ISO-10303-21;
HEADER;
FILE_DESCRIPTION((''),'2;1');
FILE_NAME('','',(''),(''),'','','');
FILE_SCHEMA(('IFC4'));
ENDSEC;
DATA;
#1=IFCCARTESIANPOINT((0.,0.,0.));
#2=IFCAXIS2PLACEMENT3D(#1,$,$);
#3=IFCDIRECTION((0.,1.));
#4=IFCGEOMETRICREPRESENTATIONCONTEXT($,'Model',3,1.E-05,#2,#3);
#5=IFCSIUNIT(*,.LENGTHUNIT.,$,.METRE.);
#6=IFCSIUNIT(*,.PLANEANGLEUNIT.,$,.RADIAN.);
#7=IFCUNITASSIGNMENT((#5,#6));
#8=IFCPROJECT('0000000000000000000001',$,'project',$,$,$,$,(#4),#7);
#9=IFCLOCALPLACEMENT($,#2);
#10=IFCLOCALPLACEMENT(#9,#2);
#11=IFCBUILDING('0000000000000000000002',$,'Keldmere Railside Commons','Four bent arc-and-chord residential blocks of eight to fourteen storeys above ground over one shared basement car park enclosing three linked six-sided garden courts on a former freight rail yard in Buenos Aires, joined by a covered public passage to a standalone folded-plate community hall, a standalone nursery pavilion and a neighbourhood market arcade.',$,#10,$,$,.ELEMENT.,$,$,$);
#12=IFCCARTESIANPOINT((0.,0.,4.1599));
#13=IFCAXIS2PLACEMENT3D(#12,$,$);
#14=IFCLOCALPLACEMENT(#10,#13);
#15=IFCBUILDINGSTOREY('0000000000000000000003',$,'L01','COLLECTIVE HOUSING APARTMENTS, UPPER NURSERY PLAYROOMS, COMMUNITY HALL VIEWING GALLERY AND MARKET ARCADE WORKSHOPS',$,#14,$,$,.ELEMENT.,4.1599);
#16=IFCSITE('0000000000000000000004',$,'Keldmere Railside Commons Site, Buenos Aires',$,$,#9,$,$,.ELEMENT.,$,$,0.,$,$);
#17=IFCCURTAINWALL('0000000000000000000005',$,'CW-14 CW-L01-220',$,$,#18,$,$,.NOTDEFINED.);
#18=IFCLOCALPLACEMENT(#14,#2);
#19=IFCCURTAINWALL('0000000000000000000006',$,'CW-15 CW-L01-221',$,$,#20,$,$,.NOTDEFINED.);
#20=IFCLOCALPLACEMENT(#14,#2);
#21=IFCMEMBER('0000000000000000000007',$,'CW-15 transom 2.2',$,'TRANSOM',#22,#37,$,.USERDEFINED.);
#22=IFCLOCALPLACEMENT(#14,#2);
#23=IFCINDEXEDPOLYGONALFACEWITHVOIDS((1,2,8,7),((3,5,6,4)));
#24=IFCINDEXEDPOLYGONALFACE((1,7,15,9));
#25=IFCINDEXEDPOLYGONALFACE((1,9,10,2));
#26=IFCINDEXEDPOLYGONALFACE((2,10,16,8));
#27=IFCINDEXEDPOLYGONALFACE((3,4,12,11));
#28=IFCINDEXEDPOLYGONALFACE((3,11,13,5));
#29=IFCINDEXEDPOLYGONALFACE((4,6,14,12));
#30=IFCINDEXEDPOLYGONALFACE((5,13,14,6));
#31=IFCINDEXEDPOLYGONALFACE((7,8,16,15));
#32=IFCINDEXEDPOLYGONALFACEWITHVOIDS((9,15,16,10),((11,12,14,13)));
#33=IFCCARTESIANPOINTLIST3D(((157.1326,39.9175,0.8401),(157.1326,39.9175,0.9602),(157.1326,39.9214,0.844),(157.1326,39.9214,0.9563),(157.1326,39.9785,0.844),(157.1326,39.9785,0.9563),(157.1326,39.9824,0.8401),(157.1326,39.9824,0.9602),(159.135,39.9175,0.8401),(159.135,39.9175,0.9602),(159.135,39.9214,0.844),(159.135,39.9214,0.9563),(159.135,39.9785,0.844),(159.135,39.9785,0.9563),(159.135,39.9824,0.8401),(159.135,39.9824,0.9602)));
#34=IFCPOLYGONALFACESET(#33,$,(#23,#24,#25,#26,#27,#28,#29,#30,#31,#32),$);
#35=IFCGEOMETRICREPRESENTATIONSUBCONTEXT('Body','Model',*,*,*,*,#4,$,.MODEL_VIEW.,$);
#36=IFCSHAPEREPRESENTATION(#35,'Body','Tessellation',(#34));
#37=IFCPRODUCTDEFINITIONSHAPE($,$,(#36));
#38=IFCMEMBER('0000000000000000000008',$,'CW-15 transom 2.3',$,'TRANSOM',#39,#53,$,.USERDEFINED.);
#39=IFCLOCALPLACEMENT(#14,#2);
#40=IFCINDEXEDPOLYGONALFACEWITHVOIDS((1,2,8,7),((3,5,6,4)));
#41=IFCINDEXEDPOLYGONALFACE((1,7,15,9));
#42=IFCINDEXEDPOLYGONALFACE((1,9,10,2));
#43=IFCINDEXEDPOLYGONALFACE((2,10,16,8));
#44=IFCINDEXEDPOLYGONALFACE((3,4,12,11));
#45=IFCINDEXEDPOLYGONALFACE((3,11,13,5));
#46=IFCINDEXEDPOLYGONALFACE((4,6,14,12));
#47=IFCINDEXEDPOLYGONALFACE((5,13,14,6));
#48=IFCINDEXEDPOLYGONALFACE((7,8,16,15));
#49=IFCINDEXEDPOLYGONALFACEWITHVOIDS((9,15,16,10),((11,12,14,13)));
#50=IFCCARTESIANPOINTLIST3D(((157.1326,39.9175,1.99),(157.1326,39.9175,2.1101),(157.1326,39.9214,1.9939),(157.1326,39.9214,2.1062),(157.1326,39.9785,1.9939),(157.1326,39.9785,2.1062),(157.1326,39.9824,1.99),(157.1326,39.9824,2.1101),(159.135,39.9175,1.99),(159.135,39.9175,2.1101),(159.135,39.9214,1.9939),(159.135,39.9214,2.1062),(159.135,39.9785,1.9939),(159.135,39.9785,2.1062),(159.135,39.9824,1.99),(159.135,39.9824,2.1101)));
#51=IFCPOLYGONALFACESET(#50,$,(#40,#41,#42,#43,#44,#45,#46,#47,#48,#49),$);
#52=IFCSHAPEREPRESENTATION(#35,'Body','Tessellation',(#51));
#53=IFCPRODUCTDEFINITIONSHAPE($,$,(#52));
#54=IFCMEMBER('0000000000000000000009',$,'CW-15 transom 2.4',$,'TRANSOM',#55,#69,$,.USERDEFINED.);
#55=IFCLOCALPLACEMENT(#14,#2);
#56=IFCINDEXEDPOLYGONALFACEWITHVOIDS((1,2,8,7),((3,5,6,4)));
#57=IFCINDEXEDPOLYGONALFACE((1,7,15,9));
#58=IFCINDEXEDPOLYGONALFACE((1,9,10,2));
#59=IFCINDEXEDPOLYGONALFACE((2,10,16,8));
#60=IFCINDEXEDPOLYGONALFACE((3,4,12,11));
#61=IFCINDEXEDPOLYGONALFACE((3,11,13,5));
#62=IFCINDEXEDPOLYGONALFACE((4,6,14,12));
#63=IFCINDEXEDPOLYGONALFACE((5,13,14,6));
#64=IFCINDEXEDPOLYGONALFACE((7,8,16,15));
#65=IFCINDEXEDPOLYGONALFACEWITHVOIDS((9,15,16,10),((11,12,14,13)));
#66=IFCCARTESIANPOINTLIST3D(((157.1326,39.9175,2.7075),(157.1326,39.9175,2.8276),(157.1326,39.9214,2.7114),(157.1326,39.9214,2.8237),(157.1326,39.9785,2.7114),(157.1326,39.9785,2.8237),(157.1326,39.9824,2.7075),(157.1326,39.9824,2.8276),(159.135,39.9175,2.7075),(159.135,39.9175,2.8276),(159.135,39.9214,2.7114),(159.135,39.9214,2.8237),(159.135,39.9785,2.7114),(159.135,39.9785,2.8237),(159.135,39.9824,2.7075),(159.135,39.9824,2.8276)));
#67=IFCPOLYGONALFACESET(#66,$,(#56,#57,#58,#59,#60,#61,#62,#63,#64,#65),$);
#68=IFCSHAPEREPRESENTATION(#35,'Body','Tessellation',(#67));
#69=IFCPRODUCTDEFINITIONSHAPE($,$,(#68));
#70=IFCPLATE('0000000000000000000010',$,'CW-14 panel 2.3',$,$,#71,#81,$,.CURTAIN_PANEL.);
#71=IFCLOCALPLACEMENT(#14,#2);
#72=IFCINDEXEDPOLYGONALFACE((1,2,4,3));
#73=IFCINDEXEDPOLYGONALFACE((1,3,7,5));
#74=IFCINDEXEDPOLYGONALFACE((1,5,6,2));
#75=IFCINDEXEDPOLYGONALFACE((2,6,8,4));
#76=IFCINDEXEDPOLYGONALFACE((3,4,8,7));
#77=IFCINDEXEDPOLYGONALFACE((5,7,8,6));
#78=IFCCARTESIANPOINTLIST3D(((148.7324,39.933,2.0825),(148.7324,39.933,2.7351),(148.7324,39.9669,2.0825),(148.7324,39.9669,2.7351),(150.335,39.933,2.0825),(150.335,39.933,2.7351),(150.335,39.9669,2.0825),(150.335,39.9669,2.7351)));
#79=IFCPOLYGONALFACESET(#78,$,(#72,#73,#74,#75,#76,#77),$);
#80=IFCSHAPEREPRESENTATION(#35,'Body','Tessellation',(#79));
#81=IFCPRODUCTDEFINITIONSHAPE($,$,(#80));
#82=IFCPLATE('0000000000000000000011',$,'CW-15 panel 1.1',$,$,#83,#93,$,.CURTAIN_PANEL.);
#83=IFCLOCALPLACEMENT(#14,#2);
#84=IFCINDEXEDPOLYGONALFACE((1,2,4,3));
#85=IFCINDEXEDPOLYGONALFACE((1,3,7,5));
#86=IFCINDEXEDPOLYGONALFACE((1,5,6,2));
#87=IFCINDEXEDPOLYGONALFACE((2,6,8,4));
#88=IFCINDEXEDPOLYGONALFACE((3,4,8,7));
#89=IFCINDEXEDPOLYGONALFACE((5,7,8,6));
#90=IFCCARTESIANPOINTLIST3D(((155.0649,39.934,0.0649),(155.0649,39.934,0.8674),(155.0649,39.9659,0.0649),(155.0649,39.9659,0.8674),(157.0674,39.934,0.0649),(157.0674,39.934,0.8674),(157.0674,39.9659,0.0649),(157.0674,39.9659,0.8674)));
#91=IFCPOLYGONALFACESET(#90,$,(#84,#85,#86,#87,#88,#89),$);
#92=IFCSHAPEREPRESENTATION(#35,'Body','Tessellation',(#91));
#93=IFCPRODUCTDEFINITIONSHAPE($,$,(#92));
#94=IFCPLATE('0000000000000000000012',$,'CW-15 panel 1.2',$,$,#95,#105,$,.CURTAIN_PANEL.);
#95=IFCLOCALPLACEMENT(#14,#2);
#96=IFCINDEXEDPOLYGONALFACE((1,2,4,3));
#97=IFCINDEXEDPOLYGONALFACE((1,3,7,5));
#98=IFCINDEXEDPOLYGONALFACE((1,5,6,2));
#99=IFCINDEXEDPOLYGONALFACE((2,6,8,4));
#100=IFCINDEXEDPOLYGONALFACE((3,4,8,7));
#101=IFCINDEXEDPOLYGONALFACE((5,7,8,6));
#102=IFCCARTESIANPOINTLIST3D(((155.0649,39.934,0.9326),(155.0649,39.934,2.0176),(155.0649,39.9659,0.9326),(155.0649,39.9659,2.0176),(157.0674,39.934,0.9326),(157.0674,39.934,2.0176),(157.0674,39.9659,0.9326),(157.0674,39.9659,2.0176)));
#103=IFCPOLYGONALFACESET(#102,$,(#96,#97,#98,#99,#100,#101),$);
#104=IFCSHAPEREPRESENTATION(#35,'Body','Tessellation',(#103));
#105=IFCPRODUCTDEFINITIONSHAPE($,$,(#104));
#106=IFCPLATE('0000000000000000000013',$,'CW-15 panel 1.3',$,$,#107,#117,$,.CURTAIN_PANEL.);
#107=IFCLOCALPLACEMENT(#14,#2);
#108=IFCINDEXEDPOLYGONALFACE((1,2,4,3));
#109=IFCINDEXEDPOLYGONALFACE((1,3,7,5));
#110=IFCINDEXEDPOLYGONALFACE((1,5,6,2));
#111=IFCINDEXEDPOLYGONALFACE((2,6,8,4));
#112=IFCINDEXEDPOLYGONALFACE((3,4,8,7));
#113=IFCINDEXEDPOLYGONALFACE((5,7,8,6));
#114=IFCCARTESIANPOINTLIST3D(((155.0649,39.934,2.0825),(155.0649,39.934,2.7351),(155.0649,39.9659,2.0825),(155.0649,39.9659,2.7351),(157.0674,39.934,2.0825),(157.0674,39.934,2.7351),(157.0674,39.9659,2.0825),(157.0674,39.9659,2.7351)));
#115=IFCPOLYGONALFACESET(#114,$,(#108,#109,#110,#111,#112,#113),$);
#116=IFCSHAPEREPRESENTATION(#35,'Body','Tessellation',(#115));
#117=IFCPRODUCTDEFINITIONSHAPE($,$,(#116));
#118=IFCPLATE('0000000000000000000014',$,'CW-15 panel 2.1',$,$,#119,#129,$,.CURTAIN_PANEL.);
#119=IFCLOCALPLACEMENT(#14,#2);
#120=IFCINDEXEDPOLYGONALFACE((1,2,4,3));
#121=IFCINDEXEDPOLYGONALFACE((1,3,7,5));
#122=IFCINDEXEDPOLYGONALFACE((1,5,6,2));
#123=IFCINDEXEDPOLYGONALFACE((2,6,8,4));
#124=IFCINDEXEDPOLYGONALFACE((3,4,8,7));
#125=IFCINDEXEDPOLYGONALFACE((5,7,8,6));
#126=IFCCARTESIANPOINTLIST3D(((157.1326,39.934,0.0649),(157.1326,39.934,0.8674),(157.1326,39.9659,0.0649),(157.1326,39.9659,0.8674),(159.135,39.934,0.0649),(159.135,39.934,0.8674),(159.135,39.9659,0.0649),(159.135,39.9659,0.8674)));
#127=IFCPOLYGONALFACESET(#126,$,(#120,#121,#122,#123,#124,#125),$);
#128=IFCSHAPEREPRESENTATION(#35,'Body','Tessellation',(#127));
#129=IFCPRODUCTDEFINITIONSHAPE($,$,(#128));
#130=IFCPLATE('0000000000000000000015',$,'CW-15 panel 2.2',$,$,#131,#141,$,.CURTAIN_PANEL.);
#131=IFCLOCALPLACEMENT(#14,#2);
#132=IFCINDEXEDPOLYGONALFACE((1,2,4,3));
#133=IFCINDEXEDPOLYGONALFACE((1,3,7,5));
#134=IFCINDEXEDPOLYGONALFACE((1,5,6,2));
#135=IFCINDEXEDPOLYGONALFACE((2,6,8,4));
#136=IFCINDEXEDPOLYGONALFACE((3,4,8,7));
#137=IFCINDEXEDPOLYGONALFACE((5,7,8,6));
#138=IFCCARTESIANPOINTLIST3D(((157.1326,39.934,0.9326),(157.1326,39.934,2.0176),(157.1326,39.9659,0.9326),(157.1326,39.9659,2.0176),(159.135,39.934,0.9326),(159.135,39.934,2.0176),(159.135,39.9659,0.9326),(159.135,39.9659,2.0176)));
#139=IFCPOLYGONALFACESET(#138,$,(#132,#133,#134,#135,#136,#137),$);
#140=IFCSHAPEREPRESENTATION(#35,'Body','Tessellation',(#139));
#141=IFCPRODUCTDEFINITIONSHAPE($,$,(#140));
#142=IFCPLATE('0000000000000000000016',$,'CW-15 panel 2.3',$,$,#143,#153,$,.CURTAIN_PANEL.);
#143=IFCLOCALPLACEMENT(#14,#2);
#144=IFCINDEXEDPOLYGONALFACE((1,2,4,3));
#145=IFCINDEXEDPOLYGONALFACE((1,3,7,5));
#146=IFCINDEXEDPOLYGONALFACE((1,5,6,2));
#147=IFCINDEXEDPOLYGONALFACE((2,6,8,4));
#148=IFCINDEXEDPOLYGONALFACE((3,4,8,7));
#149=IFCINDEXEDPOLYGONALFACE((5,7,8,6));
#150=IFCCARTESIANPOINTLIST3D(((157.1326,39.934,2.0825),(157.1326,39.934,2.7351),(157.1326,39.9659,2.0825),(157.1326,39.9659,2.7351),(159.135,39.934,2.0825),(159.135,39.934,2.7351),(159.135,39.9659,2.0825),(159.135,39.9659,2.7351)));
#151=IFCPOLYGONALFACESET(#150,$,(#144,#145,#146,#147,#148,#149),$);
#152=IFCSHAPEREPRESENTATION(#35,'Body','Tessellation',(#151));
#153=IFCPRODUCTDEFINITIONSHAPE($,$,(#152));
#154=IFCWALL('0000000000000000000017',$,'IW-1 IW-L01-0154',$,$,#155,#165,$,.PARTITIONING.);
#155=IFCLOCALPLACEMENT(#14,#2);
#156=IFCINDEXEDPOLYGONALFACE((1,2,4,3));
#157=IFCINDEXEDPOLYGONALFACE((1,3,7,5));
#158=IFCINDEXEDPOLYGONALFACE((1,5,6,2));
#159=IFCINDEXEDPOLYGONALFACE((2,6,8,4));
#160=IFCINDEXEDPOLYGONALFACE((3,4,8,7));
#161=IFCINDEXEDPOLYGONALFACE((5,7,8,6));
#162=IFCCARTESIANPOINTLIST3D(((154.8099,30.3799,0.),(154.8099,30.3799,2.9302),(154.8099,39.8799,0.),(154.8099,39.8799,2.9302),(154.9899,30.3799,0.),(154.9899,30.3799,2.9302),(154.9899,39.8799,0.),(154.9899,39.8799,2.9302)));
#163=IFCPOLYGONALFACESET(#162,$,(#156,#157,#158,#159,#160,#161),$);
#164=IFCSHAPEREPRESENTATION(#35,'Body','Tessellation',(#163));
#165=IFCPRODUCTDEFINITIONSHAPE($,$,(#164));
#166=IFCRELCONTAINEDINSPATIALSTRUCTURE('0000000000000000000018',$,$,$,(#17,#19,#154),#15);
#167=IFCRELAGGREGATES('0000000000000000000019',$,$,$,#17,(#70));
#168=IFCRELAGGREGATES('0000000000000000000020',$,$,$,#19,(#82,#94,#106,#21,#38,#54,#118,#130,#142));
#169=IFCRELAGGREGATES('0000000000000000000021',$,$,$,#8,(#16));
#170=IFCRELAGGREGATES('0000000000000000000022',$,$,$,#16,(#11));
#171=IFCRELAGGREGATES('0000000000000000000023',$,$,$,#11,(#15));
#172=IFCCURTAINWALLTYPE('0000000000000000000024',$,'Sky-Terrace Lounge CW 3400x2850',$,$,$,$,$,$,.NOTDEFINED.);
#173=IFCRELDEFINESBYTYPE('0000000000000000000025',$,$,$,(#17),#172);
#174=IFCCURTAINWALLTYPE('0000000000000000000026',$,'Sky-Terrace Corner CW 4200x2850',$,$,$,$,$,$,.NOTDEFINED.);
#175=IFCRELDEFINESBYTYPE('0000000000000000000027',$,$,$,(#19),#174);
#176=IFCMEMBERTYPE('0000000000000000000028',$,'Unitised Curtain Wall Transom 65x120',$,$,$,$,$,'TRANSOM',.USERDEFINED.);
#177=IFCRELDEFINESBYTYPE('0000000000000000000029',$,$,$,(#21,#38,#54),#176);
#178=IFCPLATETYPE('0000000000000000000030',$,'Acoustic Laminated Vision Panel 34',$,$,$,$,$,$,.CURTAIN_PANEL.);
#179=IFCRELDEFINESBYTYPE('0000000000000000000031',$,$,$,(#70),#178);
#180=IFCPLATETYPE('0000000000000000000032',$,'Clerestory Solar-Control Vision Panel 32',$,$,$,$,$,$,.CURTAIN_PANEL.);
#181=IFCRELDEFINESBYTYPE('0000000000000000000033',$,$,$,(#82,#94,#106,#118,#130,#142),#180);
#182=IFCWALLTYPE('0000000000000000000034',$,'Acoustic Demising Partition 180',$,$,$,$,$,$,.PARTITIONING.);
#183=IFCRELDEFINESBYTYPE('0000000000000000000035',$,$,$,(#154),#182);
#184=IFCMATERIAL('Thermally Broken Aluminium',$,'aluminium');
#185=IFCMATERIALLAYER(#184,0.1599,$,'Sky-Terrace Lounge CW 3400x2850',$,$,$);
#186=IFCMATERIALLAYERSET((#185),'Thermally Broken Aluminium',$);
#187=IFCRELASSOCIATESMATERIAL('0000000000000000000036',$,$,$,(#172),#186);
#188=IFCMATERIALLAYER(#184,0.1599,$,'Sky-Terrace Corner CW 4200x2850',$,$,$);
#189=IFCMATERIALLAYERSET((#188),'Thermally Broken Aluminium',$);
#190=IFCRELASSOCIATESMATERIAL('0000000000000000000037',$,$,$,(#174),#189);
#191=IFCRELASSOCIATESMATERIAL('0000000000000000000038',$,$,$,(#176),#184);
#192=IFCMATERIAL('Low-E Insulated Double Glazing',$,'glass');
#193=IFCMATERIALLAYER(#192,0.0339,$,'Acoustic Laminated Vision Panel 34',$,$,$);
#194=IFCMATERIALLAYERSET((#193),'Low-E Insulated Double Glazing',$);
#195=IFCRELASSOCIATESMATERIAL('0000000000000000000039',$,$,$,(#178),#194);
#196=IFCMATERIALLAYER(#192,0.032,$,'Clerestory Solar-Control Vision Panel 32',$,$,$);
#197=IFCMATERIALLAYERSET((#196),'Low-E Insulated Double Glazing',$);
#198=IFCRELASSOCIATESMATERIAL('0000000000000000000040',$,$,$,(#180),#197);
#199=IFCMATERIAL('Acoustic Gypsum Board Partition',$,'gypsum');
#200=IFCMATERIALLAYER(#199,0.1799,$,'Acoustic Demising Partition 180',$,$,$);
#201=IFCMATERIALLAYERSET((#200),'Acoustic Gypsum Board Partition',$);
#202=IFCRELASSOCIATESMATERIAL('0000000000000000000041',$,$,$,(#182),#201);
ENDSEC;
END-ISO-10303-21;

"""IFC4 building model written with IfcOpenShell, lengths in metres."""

from ifc_helpers import new_model, si_unit, direction, frame, frame_2d, origin, origin_2d, place, context, subcontext, project, spatial, rectangle, hollow_rectangle, extrude, material, layer, layer_set, material_profile, profile_set, type_object, element, aggregate, save


model = new_model("IFC4")

# Units and contexts
model_context = context("Model", 3, precision=1e-05, world=origin(), true_north=direction((0.0, 1.0)))
body_context = subcontext(model_context, "Body", "Model", "MODEL_VIEW")
ifc_project = project(units=[si_unit("LENGTHUNIT", "METRE"), si_unit("PLANEANGLEUNIT", "RADIAN")], contexts=[model_context])

# Site, building, storey
site_placement = place(None, origin())
site = spatial("IfcSite", under=ifc_project, at=site_placement, Name="Keldmere Railside Commons Site, Buenos Aires", CompositionType="ELEMENT", RefElevation=0.0)
building_placement = place(site_placement, origin())
building = spatial("IfcBuilding", under=site, at=building_placement, Name="Keldmere Railside Commons", Description="Four bent arc-and-chord residential blocks of eight to fourteen storeys above ground over one shared basement car park enclosing three linked six-sided garden courts on a former freight rail yard in Buenos Aires, joined by a covered public passage to a standalone folded-plate community hall, a standalone nursery pavilion and a neighbourhood market arcade.", CompositionType="ELEMENT")
storey_placement = place(building_placement, frame((0.0, 0.0, 4.1599)))
storey = spatial("IfcBuildingStorey", under=building, at=storey_placement, Name="L01", Description="COLLECTIVE HOUSING APARTMENTS, UPPER NURSERY PLAYROOMS, COMMUNITY HALL VIEWING GALLERY AND MARKET ARCADE WORKSHOPS", CompositionType="ELEMENT", Elevation=4.1599)

# Curtain wall
ifc_material_1 = material(Name="Thermally Broken Aluminium", Category="aluminium")
ifc_layer_1 = layer(ifc_material_1, 0.1599, Name="Sky-Terrace Lounge CW 3400x2850")
ifc_layer_set_1 = layer_set([ifc_layer_1], Name="Thermally Broken Aluminium")
curtain_wall_type_1 = type_object("IfcCurtainWallType", Name="Sky-Terrace Lounge CW 3400x2850", PredefinedType="NOTDEFINED", material=ifc_layer_set_1)
curtain_wall_1_placement = place(storey_placement, origin())
curtain_wall_1 = element("IfcCurtainWall", 1, at=curtain_wall_1_placement, inside=storey, type_object=curtain_wall_type_1, Name="CW-14 CW-L01-220", PredefinedType="NOTDEFINED")

# Curtain wall, members
ifc_layer_2 = layer(ifc_material_1, 0.1599, Name="Sky-Terrace Corner CW 4200x2850")
ifc_layer_set_2 = layer_set([ifc_layer_2], Name="Thermally Broken Aluminium")
curtain_wall_type_2 = type_object("IfcCurtainWallType", Name="Sky-Terrace Corner CW 4200x2850", PredefinedType="NOTDEFINED", material=ifc_layer_set_2)
curtain_wall_2_placement = place(storey_placement, origin())
curtain_wall_2 = element("IfcCurtainWall", 2, at=curtain_wall_2_placement, inside=storey, type_object=curtain_wall_type_2, Name="CW-15 CW-L01-221", PredefinedType="NOTDEFINED")
ifc_material_profile_1 = material_profile(ifc_material_1, hollow_rectangle(XDim=0.0649, YDim=0.1201, WallThickness=0.0039, at=origin_2d()), Name="ALU-TRAN-65x120")
ifc_profile_set_1 = profile_set([ifc_material_profile_1], Name="Thermally Broken Aluminium")
member_type_1 = type_object("IfcMemberType", Name="Unitised Curtain Wall Transom 65x120", ElementType="TRANSOM", PredefinedType="USERDEFINED", material=ifc_profile_set_1)
member_1_placement = place(storey_placement, frame((157.1326, 39.95, 0.9001), z_axis=(1.0, 0.0, 0.0), x_axis=(0.0, 1.0, 0.0)))
member_1 = element("IfcMember", 3, at=member_1_placement, type_object=member_type_1, Name="CW-15 transom 2.2", ObjectType="TRANSOM", PredefinedType="USERDEFINED", context=body_context, shape_type="SweptSolid", body=[
    extrude(hollow_rectangle(XDim=0.0649, YDim=0.1201, WallThickness=0.0039, at=origin_2d()), origin(), (0.0, 0.0, 1.0), 2.0024),
])
member_2_placement = place(storey_placement, frame((157.1326, 39.95, 2.05), z_axis=(1.0, 0.0, 0.0), x_axis=(0.0, 1.0, 0.0)))
member_2 = element("IfcMember", 4, at=member_2_placement, type_object=member_type_1, Name="CW-15 transom 2.3", ObjectType="TRANSOM", PredefinedType="USERDEFINED", context=body_context, shape_type="SweptSolid", body=[
    extrude(hollow_rectangle(XDim=0.0649, YDim=0.1201, WallThickness=0.0039, at=origin_2d()), origin(), (0.0, 0.0, 1.0), 2.0024),
])
member_3_placement = place(storey_placement, frame((157.1326, 39.95, 2.7676), z_axis=(1.0, 0.0, 0.0), x_axis=(0.0, 1.0, 0.0)))
member_3 = element("IfcMember", 5, at=member_3_placement, type_object=member_type_1, Name="CW-15 transom 2.4", ObjectType="TRANSOM", PredefinedType="USERDEFINED", context=body_context, shape_type="SweptSolid", body=[
    extrude(hollow_rectangle(XDim=0.0649, YDim=0.1201, WallThickness=0.0039, at=origin_2d()), origin(), (0.0, 0.0, 1.0), 2.0024),
])

# Plates
ifc_material_2 = material(Name="Low-E Insulated Double Glazing", Category="glass")
ifc_layer_3 = layer(ifc_material_2, 0.0339, Name="Acoustic Laminated Vision Panel 34")
ifc_layer_set_3 = layer_set([ifc_layer_3], Name="Low-E Insulated Double Glazing")
plate_type_1 = type_object("IfcPlateType", Name="Acoustic Laminated Vision Panel 34", PredefinedType="CURTAIN_PANEL", material=ifc_layer_set_3)
plate_1_placement = place(storey_placement, frame((149.5337, 39.95, 2.0825), z_axis=(0.0, 0.0, 1.0), x_axis=(1.0, 0.0, 0.0)))
plate_1 = element("IfcPlate", 6, at=plate_1_placement, type_object=plate_type_1, Name="CW-14 panel 2.3", PredefinedType="CURTAIN_PANEL", context=body_context, shape_type="SweptSolid", body=[
    extrude(rectangle(XDim=1.6025, YDim=0.0339, at=origin_2d()), origin(), (0.0, 0.0, 1.0), 0.6526),
])
aggregate(curtain_wall_1, [plate_1])
ifc_layer_4 = layer(ifc_material_2, 0.032, Name="Clerestory Solar-Control Vision Panel 32")
ifc_layer_set_4 = layer_set([ifc_layer_4], Name="Low-E Insulated Double Glazing")
plate_type_2 = type_object("IfcPlateType", Name="Clerestory Solar-Control Vision Panel 32", PredefinedType="CURTAIN_PANEL", material=ifc_layer_set_4)
plate_2_placement = place(storey_placement, frame((156.0662, 39.95, 0.0649), z_axis=(0.0, 0.0, 1.0), x_axis=(1.0, 0.0, 0.0)))
plate_2 = element("IfcPlate", 7, at=plate_2_placement, type_object=plate_type_2, Name="CW-15 panel 1.1", PredefinedType="CURTAIN_PANEL", context=body_context, shape_type="SweptSolid", body=[
    extrude(rectangle(XDim=2.0024, YDim=0.032, at=origin_2d()), origin(), (0.0, 0.0, 1.0), 0.8025),
])
plate_3_placement = place(storey_placement, frame((156.0662, 39.95, 0.9326), z_axis=(0.0, 0.0, 1.0), x_axis=(1.0, 0.0, 0.0)))
plate_3 = element("IfcPlate", 8, at=plate_3_placement, type_object=plate_type_2, Name="CW-15 panel 1.2", PredefinedType="CURTAIN_PANEL", context=body_context, shape_type="SweptSolid", body=[
    extrude(rectangle(XDim=2.0024, YDim=0.032, at=origin_2d()), origin(), (0.0, 0.0, 1.0), 1.085),
])
plate_4_placement = place(storey_placement, frame((156.0662, 39.95, 2.0825), z_axis=(0.0, 0.0, 1.0), x_axis=(1.0, 0.0, 0.0)))
plate_4 = element("IfcPlate", 9, at=plate_4_placement, type_object=plate_type_2, Name="CW-15 panel 1.3", PredefinedType="CURTAIN_PANEL", context=body_context, shape_type="SweptSolid", body=[
    extrude(rectangle(XDim=2.0024, YDim=0.032, at=origin_2d()), origin(), (0.0, 0.0, 1.0), 0.6526),
])
plate_5_placement = place(storey_placement, frame((158.1338, 39.95, 0.0649), z_axis=(0.0, 0.0, 1.0), x_axis=(1.0, 0.0, 0.0)))
plate_5 = element("IfcPlate", 10, at=plate_5_placement, type_object=plate_type_2, Name="CW-15 panel 2.1", PredefinedType="CURTAIN_PANEL", context=body_context, shape_type="SweptSolid", body=[
    extrude(rectangle(XDim=2.0024, YDim=0.032, at=origin_2d()), origin(), (0.0, 0.0, 1.0), 0.8025),
])
plate_6_placement = place(storey_placement, frame((158.1338, 39.95, 0.9326), z_axis=(0.0, 0.0, 1.0), x_axis=(1.0, 0.0, 0.0)))
plate_6 = element("IfcPlate", 11, at=plate_6_placement, type_object=plate_type_2, Name="CW-15 panel 2.2", PredefinedType="CURTAIN_PANEL", context=body_context, shape_type="SweptSolid", body=[
    extrude(rectangle(XDim=2.0024, YDim=0.032, at=origin_2d()), origin(), (0.0, 0.0, 1.0), 1.085),
])
plate_7_placement = place(storey_placement, frame((158.1338, 39.95, 2.0825), z_axis=(0.0, 0.0, 1.0), x_axis=(1.0, 0.0, 0.0)))
plate_7 = element("IfcPlate", 12, at=plate_7_placement, type_object=plate_type_2, Name="CW-15 panel 2.3", PredefinedType="CURTAIN_PANEL", context=body_context, shape_type="SweptSolid", body=[
    extrude(rectangle(XDim=2.0024, YDim=0.032, at=origin_2d()), origin(), (0.0, 0.0, 1.0), 0.6526),
])
aggregate(curtain_wall_2, [plate_2, plate_3, plate_4, member_1, member_2, member_3, plate_5, plate_6, plate_7])

# Wall
ifc_material_3 = material(Name="Acoustic Gypsum Board Partition", Category="gypsum")
ifc_layer_5 = layer(ifc_material_3, 0.1799, Name="Acoustic Demising Partition 180")
ifc_layer_set_5 = layer_set([ifc_layer_5], Name="Acoustic Gypsum Board Partition")
wall_type = type_object("IfcWallType", Name="Acoustic Demising Partition 180", PredefinedType="PARTITIONING", material=ifc_layer_set_5)
wall_placement = place(storey_placement, frame((154.8999, 30.3799, 0.0), z_axis=(0.0, 0.0, 1.0), x_axis=(0.0, 1.0, 0.0)))
element("IfcWall", 13, at=wall_placement, inside=storey, type_object=wall_type, Name="IW-1 IW-L01-0154", PredefinedType="PARTITIONING", context=body_context, shape_type="SweptSolid", body=[
    extrude(rectangle(XDim=9.5, YDim=0.1799, at=frame_2d((4.75, 0.0))), origin(), (0.0, 0.0, 1.0), 2.9302),
])

save(model, "model.ifc")
